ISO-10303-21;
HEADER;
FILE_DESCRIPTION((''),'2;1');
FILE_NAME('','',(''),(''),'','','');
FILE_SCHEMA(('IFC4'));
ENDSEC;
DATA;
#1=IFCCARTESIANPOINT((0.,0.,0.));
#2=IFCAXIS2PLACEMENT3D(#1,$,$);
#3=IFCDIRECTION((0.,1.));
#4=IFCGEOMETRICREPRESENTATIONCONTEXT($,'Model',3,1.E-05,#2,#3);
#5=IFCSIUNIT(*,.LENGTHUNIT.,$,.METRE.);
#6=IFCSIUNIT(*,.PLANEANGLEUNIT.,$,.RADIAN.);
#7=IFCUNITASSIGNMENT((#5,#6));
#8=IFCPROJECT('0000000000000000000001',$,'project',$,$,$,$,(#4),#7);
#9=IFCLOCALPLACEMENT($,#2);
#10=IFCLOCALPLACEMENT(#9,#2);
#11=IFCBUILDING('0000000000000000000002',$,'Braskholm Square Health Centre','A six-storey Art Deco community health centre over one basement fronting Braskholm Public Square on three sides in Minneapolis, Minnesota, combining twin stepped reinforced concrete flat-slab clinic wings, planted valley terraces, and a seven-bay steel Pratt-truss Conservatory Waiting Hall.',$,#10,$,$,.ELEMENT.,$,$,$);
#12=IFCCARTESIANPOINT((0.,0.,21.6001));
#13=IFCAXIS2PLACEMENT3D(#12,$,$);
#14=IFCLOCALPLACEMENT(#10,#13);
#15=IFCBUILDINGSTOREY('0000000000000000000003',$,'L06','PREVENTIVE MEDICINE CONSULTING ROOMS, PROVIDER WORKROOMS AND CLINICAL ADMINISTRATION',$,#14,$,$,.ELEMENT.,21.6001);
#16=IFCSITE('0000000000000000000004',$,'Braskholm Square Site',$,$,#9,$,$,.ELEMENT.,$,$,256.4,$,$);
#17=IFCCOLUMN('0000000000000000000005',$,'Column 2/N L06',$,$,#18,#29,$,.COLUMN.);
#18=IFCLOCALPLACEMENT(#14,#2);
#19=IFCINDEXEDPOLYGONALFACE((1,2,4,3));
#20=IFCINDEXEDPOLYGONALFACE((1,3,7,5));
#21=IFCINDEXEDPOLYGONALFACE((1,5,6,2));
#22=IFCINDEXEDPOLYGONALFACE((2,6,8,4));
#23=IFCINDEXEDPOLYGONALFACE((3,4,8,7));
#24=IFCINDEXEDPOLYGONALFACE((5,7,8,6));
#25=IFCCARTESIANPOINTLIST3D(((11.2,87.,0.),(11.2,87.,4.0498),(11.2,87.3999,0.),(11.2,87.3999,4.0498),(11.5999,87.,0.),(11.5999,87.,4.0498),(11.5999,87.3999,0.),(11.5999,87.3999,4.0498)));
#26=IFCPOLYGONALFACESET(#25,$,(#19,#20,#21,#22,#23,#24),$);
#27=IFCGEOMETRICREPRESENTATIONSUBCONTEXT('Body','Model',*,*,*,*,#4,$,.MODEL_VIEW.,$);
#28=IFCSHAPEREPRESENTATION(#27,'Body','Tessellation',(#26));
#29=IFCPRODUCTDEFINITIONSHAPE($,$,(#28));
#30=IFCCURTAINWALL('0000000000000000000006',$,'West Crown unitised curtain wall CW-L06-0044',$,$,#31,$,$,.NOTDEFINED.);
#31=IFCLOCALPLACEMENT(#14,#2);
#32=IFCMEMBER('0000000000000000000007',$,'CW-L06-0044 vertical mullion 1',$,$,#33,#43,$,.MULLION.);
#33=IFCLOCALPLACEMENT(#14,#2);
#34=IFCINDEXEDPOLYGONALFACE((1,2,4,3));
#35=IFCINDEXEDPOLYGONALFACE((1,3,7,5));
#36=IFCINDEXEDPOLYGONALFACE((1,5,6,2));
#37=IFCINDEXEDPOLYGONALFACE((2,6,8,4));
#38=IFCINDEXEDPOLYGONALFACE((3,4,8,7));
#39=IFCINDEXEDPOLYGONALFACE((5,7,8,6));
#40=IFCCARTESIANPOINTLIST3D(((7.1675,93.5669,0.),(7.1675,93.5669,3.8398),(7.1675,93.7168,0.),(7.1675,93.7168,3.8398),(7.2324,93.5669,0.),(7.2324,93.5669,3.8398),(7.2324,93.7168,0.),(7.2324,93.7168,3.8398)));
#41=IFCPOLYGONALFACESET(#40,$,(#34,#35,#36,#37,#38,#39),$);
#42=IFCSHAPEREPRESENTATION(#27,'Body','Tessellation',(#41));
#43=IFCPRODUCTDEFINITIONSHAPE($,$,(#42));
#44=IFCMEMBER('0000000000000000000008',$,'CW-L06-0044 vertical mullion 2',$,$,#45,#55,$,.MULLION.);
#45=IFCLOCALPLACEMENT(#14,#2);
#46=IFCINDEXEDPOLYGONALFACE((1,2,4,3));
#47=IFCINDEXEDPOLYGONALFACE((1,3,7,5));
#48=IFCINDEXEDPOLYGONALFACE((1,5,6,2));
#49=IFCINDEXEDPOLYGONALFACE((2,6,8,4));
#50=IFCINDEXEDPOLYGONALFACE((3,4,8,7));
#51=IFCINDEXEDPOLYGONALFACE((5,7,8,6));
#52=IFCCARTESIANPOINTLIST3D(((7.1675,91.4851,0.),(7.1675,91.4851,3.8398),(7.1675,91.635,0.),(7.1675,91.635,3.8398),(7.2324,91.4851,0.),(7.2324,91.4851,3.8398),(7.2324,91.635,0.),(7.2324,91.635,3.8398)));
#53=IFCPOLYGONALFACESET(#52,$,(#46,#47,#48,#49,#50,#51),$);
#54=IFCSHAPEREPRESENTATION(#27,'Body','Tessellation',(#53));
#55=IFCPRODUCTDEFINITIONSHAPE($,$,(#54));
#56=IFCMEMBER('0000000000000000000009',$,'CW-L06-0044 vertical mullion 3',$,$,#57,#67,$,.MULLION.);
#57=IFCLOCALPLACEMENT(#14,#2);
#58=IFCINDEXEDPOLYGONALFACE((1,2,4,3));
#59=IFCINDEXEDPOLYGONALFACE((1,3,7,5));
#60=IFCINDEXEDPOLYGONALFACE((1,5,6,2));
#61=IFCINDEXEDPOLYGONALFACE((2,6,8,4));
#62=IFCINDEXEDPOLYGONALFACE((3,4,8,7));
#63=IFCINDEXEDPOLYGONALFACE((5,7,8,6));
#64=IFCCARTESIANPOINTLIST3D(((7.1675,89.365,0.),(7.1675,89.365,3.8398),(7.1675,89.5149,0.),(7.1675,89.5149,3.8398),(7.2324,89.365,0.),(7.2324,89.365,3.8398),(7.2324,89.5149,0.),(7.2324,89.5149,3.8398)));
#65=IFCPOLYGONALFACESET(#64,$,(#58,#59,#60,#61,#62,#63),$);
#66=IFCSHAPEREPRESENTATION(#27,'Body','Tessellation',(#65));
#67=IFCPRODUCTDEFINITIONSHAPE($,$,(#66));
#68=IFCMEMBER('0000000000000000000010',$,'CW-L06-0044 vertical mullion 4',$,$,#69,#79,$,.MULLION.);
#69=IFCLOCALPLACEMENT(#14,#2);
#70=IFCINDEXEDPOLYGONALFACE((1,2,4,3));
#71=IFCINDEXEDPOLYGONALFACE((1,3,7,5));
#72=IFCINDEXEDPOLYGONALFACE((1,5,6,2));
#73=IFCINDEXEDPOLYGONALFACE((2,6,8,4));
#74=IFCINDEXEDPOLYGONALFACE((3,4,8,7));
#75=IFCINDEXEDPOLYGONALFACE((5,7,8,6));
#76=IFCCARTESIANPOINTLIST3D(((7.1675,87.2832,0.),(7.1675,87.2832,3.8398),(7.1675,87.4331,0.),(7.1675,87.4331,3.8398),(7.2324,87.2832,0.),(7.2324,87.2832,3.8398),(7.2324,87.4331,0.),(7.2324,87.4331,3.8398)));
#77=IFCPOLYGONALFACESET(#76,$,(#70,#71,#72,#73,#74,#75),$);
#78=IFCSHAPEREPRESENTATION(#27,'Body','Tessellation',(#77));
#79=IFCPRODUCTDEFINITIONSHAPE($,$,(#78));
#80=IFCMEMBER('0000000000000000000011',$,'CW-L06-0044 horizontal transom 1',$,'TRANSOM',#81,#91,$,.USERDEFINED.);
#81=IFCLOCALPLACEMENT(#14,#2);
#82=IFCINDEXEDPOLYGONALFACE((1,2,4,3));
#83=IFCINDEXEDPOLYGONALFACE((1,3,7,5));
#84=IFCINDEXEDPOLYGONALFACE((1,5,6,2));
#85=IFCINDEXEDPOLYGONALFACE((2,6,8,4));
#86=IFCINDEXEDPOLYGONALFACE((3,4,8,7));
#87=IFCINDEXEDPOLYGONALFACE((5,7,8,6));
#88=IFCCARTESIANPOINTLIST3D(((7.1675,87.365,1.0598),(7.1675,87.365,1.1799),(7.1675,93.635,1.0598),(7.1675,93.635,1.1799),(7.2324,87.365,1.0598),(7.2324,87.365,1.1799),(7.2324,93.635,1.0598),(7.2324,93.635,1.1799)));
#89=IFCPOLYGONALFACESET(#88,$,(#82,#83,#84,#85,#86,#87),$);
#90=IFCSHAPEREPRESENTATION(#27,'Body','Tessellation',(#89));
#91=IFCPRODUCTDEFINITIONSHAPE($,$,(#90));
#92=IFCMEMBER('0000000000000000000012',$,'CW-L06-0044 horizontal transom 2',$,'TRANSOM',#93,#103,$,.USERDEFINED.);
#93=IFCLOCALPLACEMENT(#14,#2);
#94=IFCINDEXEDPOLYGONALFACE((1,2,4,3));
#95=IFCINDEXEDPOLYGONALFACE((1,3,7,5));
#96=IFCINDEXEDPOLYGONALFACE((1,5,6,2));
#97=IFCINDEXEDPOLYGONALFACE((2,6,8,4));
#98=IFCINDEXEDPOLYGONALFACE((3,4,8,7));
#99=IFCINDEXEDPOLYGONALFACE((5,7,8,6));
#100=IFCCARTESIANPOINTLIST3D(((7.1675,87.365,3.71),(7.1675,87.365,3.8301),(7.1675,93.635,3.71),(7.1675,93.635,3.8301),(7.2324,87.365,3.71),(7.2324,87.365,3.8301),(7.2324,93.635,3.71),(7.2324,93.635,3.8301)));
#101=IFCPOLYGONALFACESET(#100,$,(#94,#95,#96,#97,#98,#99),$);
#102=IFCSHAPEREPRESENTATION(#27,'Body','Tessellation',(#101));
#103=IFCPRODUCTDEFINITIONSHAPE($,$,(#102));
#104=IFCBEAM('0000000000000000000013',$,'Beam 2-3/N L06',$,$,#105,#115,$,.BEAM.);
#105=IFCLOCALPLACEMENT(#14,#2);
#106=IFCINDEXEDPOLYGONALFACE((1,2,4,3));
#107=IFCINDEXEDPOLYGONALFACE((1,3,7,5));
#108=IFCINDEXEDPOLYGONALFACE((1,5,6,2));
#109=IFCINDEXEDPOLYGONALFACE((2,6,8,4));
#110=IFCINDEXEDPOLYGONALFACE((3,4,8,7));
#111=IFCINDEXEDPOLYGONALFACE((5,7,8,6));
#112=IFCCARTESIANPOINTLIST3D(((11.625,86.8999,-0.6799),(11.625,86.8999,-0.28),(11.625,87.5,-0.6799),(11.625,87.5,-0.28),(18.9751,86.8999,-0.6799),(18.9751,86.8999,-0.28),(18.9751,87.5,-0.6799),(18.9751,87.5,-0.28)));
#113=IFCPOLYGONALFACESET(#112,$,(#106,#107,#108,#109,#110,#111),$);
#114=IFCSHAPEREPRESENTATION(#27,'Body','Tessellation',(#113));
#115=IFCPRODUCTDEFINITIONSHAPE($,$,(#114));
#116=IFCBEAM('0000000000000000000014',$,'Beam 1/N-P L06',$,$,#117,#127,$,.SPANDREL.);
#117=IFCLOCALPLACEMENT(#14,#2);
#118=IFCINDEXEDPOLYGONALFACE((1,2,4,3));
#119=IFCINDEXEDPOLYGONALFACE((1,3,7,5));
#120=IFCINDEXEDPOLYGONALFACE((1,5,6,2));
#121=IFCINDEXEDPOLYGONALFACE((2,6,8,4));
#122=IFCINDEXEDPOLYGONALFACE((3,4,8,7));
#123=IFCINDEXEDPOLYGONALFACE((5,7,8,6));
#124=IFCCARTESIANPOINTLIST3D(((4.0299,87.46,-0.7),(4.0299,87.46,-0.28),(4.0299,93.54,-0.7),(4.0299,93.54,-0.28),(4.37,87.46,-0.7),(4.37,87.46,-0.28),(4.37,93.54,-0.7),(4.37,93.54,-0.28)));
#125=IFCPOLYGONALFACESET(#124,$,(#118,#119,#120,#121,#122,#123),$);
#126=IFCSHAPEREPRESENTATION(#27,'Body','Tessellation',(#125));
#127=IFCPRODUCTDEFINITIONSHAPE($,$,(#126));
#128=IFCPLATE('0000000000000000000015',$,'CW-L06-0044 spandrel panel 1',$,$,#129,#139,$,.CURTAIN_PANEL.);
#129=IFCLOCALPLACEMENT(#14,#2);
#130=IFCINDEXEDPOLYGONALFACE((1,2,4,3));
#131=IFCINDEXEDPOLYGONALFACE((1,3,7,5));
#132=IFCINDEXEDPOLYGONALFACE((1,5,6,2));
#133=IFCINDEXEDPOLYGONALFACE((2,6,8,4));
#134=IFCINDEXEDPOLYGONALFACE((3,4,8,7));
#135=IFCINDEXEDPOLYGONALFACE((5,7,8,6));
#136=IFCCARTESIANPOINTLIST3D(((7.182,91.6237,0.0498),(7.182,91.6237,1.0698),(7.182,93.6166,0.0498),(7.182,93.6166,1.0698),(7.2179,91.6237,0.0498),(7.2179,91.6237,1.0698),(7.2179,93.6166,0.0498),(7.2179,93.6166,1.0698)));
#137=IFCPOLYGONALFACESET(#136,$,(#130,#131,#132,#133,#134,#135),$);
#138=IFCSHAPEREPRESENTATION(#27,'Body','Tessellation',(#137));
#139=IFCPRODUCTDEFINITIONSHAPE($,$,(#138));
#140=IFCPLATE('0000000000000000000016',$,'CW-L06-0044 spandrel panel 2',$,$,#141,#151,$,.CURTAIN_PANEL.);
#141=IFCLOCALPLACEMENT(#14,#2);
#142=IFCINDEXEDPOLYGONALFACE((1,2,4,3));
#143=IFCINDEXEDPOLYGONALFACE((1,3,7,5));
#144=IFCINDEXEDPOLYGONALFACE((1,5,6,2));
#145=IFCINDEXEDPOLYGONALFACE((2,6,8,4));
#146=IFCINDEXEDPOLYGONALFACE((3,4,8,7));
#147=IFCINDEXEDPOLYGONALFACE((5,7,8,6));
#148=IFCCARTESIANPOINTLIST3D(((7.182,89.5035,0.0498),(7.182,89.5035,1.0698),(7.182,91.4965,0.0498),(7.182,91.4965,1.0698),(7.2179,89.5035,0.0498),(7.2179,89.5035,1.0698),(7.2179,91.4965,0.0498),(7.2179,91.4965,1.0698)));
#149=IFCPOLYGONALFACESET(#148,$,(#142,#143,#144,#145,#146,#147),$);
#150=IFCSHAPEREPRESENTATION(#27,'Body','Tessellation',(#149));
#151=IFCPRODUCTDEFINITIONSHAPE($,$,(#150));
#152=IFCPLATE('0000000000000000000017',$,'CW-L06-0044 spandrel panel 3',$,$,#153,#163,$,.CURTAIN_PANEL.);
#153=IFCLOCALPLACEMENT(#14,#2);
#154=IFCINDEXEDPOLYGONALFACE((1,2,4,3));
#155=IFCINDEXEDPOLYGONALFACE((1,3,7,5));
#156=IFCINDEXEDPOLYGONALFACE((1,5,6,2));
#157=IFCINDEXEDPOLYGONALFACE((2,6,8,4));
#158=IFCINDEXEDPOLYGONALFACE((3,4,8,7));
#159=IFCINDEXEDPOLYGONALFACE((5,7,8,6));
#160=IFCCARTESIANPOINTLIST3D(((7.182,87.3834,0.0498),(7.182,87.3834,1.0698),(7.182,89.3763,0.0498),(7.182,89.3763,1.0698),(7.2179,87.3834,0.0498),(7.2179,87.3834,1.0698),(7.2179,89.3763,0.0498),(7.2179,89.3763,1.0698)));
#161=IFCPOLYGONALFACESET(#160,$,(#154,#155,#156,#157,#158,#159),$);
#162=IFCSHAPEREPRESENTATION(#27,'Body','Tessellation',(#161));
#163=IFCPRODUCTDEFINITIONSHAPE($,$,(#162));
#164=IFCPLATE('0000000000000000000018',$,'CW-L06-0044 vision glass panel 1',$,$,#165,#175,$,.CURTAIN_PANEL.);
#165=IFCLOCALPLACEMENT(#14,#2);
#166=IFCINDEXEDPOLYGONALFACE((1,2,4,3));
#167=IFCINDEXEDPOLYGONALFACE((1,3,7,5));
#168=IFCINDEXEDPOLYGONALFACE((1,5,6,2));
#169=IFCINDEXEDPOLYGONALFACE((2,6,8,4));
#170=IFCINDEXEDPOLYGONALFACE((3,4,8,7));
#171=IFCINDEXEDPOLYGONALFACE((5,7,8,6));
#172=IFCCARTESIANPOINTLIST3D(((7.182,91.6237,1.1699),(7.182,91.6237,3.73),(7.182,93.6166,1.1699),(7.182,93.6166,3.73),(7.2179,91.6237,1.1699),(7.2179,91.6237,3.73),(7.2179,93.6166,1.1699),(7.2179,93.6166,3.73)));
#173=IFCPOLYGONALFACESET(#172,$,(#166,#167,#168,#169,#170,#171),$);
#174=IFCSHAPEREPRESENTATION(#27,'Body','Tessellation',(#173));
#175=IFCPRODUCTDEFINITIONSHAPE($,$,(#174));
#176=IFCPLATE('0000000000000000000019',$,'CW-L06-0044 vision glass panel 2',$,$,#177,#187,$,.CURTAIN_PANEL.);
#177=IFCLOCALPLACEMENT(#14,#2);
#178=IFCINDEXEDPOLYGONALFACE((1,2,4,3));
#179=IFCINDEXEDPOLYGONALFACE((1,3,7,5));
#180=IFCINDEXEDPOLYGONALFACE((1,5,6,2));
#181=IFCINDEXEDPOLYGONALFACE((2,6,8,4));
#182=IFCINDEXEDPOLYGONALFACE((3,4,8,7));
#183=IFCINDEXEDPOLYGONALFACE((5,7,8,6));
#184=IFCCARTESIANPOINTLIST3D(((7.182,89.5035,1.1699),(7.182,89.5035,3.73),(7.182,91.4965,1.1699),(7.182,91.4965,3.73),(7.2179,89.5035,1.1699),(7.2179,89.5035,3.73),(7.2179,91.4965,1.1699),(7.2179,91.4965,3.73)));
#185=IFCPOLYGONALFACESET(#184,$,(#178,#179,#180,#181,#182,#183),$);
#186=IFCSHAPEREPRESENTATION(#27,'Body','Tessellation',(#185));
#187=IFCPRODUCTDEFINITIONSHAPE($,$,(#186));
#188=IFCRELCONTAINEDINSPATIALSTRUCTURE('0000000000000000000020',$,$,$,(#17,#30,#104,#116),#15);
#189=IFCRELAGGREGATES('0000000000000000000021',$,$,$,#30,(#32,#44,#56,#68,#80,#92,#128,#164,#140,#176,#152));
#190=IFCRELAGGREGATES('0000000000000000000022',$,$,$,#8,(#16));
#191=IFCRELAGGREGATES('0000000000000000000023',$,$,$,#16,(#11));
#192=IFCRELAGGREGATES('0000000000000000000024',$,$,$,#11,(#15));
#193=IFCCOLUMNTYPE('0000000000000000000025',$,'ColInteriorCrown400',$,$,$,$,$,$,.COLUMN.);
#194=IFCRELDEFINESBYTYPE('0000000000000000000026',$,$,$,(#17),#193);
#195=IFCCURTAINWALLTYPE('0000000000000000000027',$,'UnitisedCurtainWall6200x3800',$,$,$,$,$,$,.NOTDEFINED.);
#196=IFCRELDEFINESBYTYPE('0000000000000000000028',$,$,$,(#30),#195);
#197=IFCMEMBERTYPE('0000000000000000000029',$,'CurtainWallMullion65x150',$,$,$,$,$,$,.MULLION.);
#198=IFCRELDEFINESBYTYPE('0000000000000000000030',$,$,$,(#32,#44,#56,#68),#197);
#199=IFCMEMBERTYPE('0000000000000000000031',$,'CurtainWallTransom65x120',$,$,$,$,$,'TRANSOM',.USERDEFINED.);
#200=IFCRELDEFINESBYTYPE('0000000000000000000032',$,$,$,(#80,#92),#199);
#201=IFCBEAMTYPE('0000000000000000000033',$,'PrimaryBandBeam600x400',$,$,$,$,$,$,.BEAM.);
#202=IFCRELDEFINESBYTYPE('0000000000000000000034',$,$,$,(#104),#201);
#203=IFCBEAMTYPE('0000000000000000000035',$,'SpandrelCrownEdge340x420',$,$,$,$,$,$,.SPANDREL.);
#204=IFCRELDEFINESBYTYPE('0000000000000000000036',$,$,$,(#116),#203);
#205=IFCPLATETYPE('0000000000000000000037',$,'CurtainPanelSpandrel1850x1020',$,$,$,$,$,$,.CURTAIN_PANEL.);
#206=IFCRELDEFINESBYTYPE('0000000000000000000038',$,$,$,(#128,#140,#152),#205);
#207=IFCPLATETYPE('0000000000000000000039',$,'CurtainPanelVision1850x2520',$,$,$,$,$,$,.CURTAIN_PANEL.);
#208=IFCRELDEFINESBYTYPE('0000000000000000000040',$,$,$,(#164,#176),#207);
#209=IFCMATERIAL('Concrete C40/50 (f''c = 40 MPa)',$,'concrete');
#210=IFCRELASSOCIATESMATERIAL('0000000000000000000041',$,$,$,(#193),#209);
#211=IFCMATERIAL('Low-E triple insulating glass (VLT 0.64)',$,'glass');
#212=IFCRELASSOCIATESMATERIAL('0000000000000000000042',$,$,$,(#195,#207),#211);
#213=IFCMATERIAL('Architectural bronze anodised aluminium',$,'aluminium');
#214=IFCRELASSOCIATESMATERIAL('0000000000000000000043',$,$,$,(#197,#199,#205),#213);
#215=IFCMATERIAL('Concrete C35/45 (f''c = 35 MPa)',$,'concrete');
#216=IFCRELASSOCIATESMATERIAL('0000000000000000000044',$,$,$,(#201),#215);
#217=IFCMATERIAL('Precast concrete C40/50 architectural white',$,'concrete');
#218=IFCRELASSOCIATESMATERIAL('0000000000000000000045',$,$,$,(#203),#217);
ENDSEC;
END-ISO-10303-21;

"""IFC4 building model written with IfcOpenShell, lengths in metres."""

from ifc_helpers import new_model, si_unit, direction, frame, origin, origin_2d, place, context, subcontext, project, spatial, rectangle, extrude, material, material_profile, profile_set, type_object, element, aggregate, save


model = new_model("IFC4")

# Units and contexts
model_context = context("Model", 3, precision=1e-05, world=origin(), true_north=direction((0.0, 1.0)))
body_context = subcontext(model_context, "Body", "Model", "MODEL_VIEW")
ifc_project = project(units=[si_unit("LENGTHUNIT", "METRE"), si_unit("PLANEANGLEUNIT", "RADIAN")], contexts=[model_context])

# Site, building, storey
site_placement = place(None, origin())
site = spatial("IfcSite", under=ifc_project, at=site_placement, Name="Braskholm Square Site", CompositionType="ELEMENT", RefElevation=256.4)
building_placement = place(site_placement, origin())
building = spatial("IfcBuilding", under=site, at=building_placement, Name="Braskholm Square Health Centre", Description="A six-storey Art Deco community health centre over one basement fronting Braskholm Public Square on three sides in Minneapolis, Minnesota, combining twin stepped reinforced concrete flat-slab clinic wings, planted valley terraces, and a seven-bay steel Pratt-truss Conservatory Waiting Hall.", CompositionType="ELEMENT")
storey_placement = place(building_placement, frame((0.0, 0.0, 21.6001)))
storey = spatial("IfcBuildingStorey", under=building, at=storey_placement, Name="L06", Description="PREVENTIVE MEDICINE CONSULTING ROOMS, PROVIDER WORKROOMS AND CLINICAL ADMINISTRATION", CompositionType="ELEMENT", Elevation=21.6001)

# Column
ifc_material_1 = material(Name="Concrete C40/50 (f'c = 40 MPa)", Category="concrete")
ifc_material_profile_1 = material_profile(ifc_material_1, rectangle(XDim=0.3999, YDim=0.3999, at=origin_2d()), Name="RC-400X400")
ifc_profile_set_1 = profile_set([ifc_material_profile_1], Name="Concrete C40/50 (f'c = 40 MPa)")
column_type = type_object("IfcColumnType", Name="ColInteriorCrown400", PredefinedType="COLUMN", material=ifc_profile_set_1)
column_placement = place(storey_placement, frame((11.3999, 87.2, 0.0), z_axis=(0.0, 0.0, 1.0), x_axis=(1.0, 0.0, 0.0)))
element("IfcColumn", 1, at=column_placement, inside=storey, type_object=column_type, Name="Column 2/N L06", PredefinedType="COLUMN", context=body_context, shape_type="SweptSolid", body=[
    extrude(rectangle(XDim=0.3999, YDim=0.3999, at=origin_2d()), origin(), (0.0, 0.0, 1.0), 4.0498),
])

# Curtain wall, members
ifc_material_2 = material(Name="Low-E triple insulating glass (VLT 0.64)", Category="glass")
curtain_wall_type = type_object("IfcCurtainWallType", Name="UnitisedCurtainWall6200x3800", PredefinedType="NOTDEFINED", material=ifc_material_2)
curtain_wall_placement = place(storey_placement, origin())
curtain_wall = element("IfcCurtainWall", 2, at=curtain_wall_placement, inside=storey, type_object=curtain_wall_type, Name="West Crown unitised curtain wall CW-L06-0044", PredefinedType="NOTDEFINED")
ifc_material_3 = material(Name="Architectural bronze anodised aluminium", Category="aluminium")
ifc_material_profile_2 = material_profile(ifc_material_3, rectangle(XDim=0.0649, YDim=0.1499, at=origin_2d()), Name="ALU-65X150")
ifc_profile_set_2 = profile_set([ifc_material_profile_2], Name="Architectural bronze anodised aluminium")
member_type_1 = type_object("IfcMemberType", Name="CurtainWallMullion65x150", PredefinedType="MULLION", material=ifc_profile_set_2)
member_1_placement = place(storey_placement, frame((7.2, 93.6418, 0.0), z_axis=(0.0, 0.0, 1.0), x_axis=(1.0, 0.0, 0.0)))
member_1 = element("IfcMember", 3, at=member_1_placement, type_object=member_type_1, Name="CW-L06-0044 vertical mullion 1", PredefinedType="MULLION", context=body_context, shape_type="SweptSolid", body=[
    extrude(rectangle(XDim=0.0649, YDim=0.1499, at=origin_2d()), origin(), (0.0, 0.0, 1.0), 3.8398),
])
member_2_placement = place(storey_placement, frame((7.2, 91.5601, 0.0), z_axis=(0.0, 0.0, 1.0), x_axis=(1.0, 0.0, 0.0)))
member_2 = element("IfcMember", 4, at=member_2_placement, type_object=member_type_1, Name="CW-L06-0044 vertical mullion 2", PredefinedType="MULLION", context=body_context, shape_type="SweptSolid", body=[
    extrude(rectangle(XDim=0.0649, YDim=0.1499, at=origin_2d()), origin(), (0.0, 0.0, 1.0), 3.8398),
])
member_3_placement = place(storey_placement, frame((7.2, 89.4399, 0.0), z_axis=(0.0, 0.0, 1.0), x_axis=(1.0, 0.0, 0.0)))
member_3 = element("IfcMember", 5, at=member_3_placement, type_object=member_type_1, Name="CW-L06-0044 vertical mullion 3", PredefinedType="MULLION", context=body_context, shape_type="SweptSolid", body=[
    extrude(rectangle(XDim=0.0649, YDim=0.1499, at=origin_2d()), origin(), (0.0, 0.0, 1.0), 3.8398),
])
member_4_placement = place(storey_placement, frame((7.2, 87.3582, 0.0), z_axis=(0.0, 0.0, 1.0), x_axis=(1.0, 0.0, 0.0)))
member_4 = element("IfcMember", 6, at=member_4_placement, type_object=member_type_1, Name="CW-L06-0044 vertical mullion 4", PredefinedType="MULLION", context=body_context, shape_type="SweptSolid", body=[
    extrude(rectangle(XDim=0.0649, YDim=0.1499, at=origin_2d()), origin(), (0.0, 0.0, 1.0), 3.8398),
])
ifc_material_profile_3 = material_profile(ifc_material_3, rectangle(XDim=0.0649, YDim=0.1201, at=origin_2d()), Name="ALU-65X120")
ifc_profile_set_3 = profile_set([ifc_material_profile_3], Name="Architectural bronze anodised aluminium")
member_type_2 = type_object("IfcMemberType", Name="CurtainWallTransom65x120", ElementType="TRANSOM", PredefinedType="USERDEFINED", material=ifc_profile_set_3)
member_5_placement = place(storey_placement, frame((7.2, 93.635, 1.1199), z_axis=(0.0, -1.0, 0.0), x_axis=(1.0, 0.0, 0.0)))
member_5 = element("IfcMember", 7, at=member_5_placement, type_object=member_type_2, Name="CW-L06-0044 horizontal transom 1", ObjectType="TRANSOM", PredefinedType="USERDEFINED", context=body_context, shape_type="SweptSolid", body=[
    extrude(rectangle(XDim=0.0649, YDim=0.1201, at=origin_2d()), origin(), (0.0, 0.0, 1.0), 6.27),
])
member_6_placement = place(storey_placement, frame((7.2, 93.635, 3.77), z_axis=(0.0, -1.0, 0.0), x_axis=(1.0, 0.0, 0.0)))
member_6 = element("IfcMember", 8, at=member_6_placement, type_object=member_type_2, Name="CW-L06-0044 horizontal transom 2", ObjectType="TRANSOM", PredefinedType="USERDEFINED", context=body_context, shape_type="SweptSolid", body=[
    extrude(rectangle(XDim=0.0649, YDim=0.1201, at=origin_2d()), origin(), (0.0, 0.0, 1.0), 6.27),
])

# Beams
ifc_material_4 = material(Name="Concrete C35/45 (f'c = 35 MPa)", Category="concrete")
ifc_material_profile_4 = material_profile(ifc_material_4, rectangle(XDim=0.6001, YDim=0.3999, at=origin_2d()), Name="RCB-600X400")
ifc_profile_set_4 = profile_set([ifc_material_profile_4], Name="Concrete C35/45 (f'c = 35 MPa)")
beam_type_1 = type_object("IfcBeamType", Name="PrimaryBandBeam600x400", PredefinedType="BEAM", material=ifc_profile_set_4)
beam_1_placement = place(storey_placement, frame((11.625, 87.2, -0.48), z_axis=(1.0, 0.0, 0.0), x_axis=(0.0, 1.0, 0.0)))
element("IfcBeam", 9, at=beam_1_placement, inside=storey, type_object=beam_type_1, Name="Beam 2-3/N L06", PredefinedType="BEAM", context=body_context, shape_type="SweptSolid", body=[
    extrude(rectangle(XDim=0.6001, YDim=0.3999, at=origin_2d()), origin(), (0.0, 0.0, 1.0), 7.3501),
])
ifc_material_5 = material(Name="Precast concrete C40/50 architectural white", Category="concrete")
ifc_material_profile_5 = material_profile(ifc_material_5, rectangle(XDim=0.3401, YDim=0.4199, at=origin_2d()), Name="RCB-340X420")
ifc_profile_set_5 = profile_set([ifc_material_profile_5], Name="Precast concrete C40/50 architectural white")
beam_type_2 = type_object("IfcBeamType", Name="SpandrelCrownEdge340x420", PredefinedType="SPANDREL", material=ifc_profile_set_5)
beam_2_placement = place(storey_placement, frame((4.2, 87.46, -0.49), z_axis=(0.0, 1.0, 0.0), x_axis=(-1.0, 0.0, 0.0)))
element("IfcBeam", 10, at=beam_2_placement, inside=storey, type_object=beam_type_2, Name="Beam 1/N-P L06", PredefinedType="SPANDREL", context=body_context, shape_type="SweptSolid", body=[
    extrude(rectangle(XDim=0.3401, YDim=0.4199, at=origin_2d()), origin(), (0.0, 0.0, 1.0), 6.0801),
])

# Plates
plate_type_1 = type_object("IfcPlateType", Name="CurtainPanelSpandrel1850x1020", PredefinedType="CURTAIN_PANEL", material=ifc_material_3)
plate_1_placement = place(storey_placement, frame((7.2, 92.6201, 0.0498), z_axis=(0.0, 0.0, 1.0), x_axis=(0.0, -1.0, 0.0)))
plate_1 = element("IfcPlate", 11, at=plate_1_placement, type_object=plate_type_1, Name="CW-L06-0044 spandrel panel 1", PredefinedType="CURTAIN_PANEL", context=body_context, shape_type="SweptSolid", body=[
    extrude(rectangle(XDim=1.9929, YDim=0.0359, at=origin_2d()), origin(), (0.0, 0.0, 1.0), 1.02),
])
plate_2_placement = place(storey_placement, frame((7.2, 90.5, 0.0498), z_axis=(0.0, 0.0, 1.0), x_axis=(0.0, -1.0, 0.0)))
plate_2 = element("IfcPlate", 12, at=plate_2_placement, type_object=plate_type_1, Name="CW-L06-0044 spandrel panel 2", PredefinedType="CURTAIN_PANEL", context=body_context, shape_type="SweptSolid", body=[
    extrude(rectangle(XDim=1.9929, YDim=0.0359, at=origin_2d()), origin(), (0.0, 0.0, 1.0), 1.02),
])
plate_3_placement = place(storey_placement, frame((7.2, 88.3799, 0.0498), z_axis=(0.0, 0.0, 1.0), x_axis=(0.0, -1.0, 0.0)))
plate_3 = element("IfcPlate", 13, at=plate_3_placement, type_object=plate_type_1, Name="CW-L06-0044 spandrel panel 3", PredefinedType="CURTAIN_PANEL", context=body_context, shape_type="SweptSolid", body=[
    extrude(rectangle(XDim=1.9929, YDim=0.0359, at=origin_2d()), origin(), (0.0, 0.0, 1.0), 1.02),
])
plate_type_2 = type_object("IfcPlateType", Name="CurtainPanelVision1850x2520", PredefinedType="CURTAIN_PANEL", material=ifc_material_2)
plate_4_placement = place(storey_placement, frame((7.2, 92.6201, 1.1699), z_axis=(0.0, 0.0, 1.0), x_axis=(0.0, -1.0, 0.0)))
plate_4 = element("IfcPlate", 14, at=plate_4_placement, type_object=plate_type_2, Name="CW-L06-0044 vision glass panel 1", PredefinedType="CURTAIN_PANEL", context=body_context, shape_type="SweptSolid", body=[
    extrude(rectangle(XDim=1.9929, YDim=0.0359, at=origin_2d()), origin(), (0.0, 0.0, 1.0), 2.5601),
])
plate_5_placement = place(storey_placement, frame((7.2, 90.5, 1.1699), z_axis=(0.0, 0.0, 1.0), x_axis=(0.0, -1.0, 0.0)))
plate_5 = element("IfcPlate", 15, at=plate_5_placement, type_object=plate_type_2, Name="CW-L06-0044 vision glass panel 2", PredefinedType="CURTAIN_PANEL", context=body_context, shape_type="SweptSolid", body=[
    extrude(rectangle(XDim=1.9929, YDim=0.0359, at=origin_2d()), origin(), (0.0, 0.0, 1.0), 2.5601),
])
aggregate(curtain_wall, [member_1, member_2, member_3, member_4, member_5, member_6, plate_1, plate_4, plate_2, plate_5, plate_3])

save(model, "model.ifc")
